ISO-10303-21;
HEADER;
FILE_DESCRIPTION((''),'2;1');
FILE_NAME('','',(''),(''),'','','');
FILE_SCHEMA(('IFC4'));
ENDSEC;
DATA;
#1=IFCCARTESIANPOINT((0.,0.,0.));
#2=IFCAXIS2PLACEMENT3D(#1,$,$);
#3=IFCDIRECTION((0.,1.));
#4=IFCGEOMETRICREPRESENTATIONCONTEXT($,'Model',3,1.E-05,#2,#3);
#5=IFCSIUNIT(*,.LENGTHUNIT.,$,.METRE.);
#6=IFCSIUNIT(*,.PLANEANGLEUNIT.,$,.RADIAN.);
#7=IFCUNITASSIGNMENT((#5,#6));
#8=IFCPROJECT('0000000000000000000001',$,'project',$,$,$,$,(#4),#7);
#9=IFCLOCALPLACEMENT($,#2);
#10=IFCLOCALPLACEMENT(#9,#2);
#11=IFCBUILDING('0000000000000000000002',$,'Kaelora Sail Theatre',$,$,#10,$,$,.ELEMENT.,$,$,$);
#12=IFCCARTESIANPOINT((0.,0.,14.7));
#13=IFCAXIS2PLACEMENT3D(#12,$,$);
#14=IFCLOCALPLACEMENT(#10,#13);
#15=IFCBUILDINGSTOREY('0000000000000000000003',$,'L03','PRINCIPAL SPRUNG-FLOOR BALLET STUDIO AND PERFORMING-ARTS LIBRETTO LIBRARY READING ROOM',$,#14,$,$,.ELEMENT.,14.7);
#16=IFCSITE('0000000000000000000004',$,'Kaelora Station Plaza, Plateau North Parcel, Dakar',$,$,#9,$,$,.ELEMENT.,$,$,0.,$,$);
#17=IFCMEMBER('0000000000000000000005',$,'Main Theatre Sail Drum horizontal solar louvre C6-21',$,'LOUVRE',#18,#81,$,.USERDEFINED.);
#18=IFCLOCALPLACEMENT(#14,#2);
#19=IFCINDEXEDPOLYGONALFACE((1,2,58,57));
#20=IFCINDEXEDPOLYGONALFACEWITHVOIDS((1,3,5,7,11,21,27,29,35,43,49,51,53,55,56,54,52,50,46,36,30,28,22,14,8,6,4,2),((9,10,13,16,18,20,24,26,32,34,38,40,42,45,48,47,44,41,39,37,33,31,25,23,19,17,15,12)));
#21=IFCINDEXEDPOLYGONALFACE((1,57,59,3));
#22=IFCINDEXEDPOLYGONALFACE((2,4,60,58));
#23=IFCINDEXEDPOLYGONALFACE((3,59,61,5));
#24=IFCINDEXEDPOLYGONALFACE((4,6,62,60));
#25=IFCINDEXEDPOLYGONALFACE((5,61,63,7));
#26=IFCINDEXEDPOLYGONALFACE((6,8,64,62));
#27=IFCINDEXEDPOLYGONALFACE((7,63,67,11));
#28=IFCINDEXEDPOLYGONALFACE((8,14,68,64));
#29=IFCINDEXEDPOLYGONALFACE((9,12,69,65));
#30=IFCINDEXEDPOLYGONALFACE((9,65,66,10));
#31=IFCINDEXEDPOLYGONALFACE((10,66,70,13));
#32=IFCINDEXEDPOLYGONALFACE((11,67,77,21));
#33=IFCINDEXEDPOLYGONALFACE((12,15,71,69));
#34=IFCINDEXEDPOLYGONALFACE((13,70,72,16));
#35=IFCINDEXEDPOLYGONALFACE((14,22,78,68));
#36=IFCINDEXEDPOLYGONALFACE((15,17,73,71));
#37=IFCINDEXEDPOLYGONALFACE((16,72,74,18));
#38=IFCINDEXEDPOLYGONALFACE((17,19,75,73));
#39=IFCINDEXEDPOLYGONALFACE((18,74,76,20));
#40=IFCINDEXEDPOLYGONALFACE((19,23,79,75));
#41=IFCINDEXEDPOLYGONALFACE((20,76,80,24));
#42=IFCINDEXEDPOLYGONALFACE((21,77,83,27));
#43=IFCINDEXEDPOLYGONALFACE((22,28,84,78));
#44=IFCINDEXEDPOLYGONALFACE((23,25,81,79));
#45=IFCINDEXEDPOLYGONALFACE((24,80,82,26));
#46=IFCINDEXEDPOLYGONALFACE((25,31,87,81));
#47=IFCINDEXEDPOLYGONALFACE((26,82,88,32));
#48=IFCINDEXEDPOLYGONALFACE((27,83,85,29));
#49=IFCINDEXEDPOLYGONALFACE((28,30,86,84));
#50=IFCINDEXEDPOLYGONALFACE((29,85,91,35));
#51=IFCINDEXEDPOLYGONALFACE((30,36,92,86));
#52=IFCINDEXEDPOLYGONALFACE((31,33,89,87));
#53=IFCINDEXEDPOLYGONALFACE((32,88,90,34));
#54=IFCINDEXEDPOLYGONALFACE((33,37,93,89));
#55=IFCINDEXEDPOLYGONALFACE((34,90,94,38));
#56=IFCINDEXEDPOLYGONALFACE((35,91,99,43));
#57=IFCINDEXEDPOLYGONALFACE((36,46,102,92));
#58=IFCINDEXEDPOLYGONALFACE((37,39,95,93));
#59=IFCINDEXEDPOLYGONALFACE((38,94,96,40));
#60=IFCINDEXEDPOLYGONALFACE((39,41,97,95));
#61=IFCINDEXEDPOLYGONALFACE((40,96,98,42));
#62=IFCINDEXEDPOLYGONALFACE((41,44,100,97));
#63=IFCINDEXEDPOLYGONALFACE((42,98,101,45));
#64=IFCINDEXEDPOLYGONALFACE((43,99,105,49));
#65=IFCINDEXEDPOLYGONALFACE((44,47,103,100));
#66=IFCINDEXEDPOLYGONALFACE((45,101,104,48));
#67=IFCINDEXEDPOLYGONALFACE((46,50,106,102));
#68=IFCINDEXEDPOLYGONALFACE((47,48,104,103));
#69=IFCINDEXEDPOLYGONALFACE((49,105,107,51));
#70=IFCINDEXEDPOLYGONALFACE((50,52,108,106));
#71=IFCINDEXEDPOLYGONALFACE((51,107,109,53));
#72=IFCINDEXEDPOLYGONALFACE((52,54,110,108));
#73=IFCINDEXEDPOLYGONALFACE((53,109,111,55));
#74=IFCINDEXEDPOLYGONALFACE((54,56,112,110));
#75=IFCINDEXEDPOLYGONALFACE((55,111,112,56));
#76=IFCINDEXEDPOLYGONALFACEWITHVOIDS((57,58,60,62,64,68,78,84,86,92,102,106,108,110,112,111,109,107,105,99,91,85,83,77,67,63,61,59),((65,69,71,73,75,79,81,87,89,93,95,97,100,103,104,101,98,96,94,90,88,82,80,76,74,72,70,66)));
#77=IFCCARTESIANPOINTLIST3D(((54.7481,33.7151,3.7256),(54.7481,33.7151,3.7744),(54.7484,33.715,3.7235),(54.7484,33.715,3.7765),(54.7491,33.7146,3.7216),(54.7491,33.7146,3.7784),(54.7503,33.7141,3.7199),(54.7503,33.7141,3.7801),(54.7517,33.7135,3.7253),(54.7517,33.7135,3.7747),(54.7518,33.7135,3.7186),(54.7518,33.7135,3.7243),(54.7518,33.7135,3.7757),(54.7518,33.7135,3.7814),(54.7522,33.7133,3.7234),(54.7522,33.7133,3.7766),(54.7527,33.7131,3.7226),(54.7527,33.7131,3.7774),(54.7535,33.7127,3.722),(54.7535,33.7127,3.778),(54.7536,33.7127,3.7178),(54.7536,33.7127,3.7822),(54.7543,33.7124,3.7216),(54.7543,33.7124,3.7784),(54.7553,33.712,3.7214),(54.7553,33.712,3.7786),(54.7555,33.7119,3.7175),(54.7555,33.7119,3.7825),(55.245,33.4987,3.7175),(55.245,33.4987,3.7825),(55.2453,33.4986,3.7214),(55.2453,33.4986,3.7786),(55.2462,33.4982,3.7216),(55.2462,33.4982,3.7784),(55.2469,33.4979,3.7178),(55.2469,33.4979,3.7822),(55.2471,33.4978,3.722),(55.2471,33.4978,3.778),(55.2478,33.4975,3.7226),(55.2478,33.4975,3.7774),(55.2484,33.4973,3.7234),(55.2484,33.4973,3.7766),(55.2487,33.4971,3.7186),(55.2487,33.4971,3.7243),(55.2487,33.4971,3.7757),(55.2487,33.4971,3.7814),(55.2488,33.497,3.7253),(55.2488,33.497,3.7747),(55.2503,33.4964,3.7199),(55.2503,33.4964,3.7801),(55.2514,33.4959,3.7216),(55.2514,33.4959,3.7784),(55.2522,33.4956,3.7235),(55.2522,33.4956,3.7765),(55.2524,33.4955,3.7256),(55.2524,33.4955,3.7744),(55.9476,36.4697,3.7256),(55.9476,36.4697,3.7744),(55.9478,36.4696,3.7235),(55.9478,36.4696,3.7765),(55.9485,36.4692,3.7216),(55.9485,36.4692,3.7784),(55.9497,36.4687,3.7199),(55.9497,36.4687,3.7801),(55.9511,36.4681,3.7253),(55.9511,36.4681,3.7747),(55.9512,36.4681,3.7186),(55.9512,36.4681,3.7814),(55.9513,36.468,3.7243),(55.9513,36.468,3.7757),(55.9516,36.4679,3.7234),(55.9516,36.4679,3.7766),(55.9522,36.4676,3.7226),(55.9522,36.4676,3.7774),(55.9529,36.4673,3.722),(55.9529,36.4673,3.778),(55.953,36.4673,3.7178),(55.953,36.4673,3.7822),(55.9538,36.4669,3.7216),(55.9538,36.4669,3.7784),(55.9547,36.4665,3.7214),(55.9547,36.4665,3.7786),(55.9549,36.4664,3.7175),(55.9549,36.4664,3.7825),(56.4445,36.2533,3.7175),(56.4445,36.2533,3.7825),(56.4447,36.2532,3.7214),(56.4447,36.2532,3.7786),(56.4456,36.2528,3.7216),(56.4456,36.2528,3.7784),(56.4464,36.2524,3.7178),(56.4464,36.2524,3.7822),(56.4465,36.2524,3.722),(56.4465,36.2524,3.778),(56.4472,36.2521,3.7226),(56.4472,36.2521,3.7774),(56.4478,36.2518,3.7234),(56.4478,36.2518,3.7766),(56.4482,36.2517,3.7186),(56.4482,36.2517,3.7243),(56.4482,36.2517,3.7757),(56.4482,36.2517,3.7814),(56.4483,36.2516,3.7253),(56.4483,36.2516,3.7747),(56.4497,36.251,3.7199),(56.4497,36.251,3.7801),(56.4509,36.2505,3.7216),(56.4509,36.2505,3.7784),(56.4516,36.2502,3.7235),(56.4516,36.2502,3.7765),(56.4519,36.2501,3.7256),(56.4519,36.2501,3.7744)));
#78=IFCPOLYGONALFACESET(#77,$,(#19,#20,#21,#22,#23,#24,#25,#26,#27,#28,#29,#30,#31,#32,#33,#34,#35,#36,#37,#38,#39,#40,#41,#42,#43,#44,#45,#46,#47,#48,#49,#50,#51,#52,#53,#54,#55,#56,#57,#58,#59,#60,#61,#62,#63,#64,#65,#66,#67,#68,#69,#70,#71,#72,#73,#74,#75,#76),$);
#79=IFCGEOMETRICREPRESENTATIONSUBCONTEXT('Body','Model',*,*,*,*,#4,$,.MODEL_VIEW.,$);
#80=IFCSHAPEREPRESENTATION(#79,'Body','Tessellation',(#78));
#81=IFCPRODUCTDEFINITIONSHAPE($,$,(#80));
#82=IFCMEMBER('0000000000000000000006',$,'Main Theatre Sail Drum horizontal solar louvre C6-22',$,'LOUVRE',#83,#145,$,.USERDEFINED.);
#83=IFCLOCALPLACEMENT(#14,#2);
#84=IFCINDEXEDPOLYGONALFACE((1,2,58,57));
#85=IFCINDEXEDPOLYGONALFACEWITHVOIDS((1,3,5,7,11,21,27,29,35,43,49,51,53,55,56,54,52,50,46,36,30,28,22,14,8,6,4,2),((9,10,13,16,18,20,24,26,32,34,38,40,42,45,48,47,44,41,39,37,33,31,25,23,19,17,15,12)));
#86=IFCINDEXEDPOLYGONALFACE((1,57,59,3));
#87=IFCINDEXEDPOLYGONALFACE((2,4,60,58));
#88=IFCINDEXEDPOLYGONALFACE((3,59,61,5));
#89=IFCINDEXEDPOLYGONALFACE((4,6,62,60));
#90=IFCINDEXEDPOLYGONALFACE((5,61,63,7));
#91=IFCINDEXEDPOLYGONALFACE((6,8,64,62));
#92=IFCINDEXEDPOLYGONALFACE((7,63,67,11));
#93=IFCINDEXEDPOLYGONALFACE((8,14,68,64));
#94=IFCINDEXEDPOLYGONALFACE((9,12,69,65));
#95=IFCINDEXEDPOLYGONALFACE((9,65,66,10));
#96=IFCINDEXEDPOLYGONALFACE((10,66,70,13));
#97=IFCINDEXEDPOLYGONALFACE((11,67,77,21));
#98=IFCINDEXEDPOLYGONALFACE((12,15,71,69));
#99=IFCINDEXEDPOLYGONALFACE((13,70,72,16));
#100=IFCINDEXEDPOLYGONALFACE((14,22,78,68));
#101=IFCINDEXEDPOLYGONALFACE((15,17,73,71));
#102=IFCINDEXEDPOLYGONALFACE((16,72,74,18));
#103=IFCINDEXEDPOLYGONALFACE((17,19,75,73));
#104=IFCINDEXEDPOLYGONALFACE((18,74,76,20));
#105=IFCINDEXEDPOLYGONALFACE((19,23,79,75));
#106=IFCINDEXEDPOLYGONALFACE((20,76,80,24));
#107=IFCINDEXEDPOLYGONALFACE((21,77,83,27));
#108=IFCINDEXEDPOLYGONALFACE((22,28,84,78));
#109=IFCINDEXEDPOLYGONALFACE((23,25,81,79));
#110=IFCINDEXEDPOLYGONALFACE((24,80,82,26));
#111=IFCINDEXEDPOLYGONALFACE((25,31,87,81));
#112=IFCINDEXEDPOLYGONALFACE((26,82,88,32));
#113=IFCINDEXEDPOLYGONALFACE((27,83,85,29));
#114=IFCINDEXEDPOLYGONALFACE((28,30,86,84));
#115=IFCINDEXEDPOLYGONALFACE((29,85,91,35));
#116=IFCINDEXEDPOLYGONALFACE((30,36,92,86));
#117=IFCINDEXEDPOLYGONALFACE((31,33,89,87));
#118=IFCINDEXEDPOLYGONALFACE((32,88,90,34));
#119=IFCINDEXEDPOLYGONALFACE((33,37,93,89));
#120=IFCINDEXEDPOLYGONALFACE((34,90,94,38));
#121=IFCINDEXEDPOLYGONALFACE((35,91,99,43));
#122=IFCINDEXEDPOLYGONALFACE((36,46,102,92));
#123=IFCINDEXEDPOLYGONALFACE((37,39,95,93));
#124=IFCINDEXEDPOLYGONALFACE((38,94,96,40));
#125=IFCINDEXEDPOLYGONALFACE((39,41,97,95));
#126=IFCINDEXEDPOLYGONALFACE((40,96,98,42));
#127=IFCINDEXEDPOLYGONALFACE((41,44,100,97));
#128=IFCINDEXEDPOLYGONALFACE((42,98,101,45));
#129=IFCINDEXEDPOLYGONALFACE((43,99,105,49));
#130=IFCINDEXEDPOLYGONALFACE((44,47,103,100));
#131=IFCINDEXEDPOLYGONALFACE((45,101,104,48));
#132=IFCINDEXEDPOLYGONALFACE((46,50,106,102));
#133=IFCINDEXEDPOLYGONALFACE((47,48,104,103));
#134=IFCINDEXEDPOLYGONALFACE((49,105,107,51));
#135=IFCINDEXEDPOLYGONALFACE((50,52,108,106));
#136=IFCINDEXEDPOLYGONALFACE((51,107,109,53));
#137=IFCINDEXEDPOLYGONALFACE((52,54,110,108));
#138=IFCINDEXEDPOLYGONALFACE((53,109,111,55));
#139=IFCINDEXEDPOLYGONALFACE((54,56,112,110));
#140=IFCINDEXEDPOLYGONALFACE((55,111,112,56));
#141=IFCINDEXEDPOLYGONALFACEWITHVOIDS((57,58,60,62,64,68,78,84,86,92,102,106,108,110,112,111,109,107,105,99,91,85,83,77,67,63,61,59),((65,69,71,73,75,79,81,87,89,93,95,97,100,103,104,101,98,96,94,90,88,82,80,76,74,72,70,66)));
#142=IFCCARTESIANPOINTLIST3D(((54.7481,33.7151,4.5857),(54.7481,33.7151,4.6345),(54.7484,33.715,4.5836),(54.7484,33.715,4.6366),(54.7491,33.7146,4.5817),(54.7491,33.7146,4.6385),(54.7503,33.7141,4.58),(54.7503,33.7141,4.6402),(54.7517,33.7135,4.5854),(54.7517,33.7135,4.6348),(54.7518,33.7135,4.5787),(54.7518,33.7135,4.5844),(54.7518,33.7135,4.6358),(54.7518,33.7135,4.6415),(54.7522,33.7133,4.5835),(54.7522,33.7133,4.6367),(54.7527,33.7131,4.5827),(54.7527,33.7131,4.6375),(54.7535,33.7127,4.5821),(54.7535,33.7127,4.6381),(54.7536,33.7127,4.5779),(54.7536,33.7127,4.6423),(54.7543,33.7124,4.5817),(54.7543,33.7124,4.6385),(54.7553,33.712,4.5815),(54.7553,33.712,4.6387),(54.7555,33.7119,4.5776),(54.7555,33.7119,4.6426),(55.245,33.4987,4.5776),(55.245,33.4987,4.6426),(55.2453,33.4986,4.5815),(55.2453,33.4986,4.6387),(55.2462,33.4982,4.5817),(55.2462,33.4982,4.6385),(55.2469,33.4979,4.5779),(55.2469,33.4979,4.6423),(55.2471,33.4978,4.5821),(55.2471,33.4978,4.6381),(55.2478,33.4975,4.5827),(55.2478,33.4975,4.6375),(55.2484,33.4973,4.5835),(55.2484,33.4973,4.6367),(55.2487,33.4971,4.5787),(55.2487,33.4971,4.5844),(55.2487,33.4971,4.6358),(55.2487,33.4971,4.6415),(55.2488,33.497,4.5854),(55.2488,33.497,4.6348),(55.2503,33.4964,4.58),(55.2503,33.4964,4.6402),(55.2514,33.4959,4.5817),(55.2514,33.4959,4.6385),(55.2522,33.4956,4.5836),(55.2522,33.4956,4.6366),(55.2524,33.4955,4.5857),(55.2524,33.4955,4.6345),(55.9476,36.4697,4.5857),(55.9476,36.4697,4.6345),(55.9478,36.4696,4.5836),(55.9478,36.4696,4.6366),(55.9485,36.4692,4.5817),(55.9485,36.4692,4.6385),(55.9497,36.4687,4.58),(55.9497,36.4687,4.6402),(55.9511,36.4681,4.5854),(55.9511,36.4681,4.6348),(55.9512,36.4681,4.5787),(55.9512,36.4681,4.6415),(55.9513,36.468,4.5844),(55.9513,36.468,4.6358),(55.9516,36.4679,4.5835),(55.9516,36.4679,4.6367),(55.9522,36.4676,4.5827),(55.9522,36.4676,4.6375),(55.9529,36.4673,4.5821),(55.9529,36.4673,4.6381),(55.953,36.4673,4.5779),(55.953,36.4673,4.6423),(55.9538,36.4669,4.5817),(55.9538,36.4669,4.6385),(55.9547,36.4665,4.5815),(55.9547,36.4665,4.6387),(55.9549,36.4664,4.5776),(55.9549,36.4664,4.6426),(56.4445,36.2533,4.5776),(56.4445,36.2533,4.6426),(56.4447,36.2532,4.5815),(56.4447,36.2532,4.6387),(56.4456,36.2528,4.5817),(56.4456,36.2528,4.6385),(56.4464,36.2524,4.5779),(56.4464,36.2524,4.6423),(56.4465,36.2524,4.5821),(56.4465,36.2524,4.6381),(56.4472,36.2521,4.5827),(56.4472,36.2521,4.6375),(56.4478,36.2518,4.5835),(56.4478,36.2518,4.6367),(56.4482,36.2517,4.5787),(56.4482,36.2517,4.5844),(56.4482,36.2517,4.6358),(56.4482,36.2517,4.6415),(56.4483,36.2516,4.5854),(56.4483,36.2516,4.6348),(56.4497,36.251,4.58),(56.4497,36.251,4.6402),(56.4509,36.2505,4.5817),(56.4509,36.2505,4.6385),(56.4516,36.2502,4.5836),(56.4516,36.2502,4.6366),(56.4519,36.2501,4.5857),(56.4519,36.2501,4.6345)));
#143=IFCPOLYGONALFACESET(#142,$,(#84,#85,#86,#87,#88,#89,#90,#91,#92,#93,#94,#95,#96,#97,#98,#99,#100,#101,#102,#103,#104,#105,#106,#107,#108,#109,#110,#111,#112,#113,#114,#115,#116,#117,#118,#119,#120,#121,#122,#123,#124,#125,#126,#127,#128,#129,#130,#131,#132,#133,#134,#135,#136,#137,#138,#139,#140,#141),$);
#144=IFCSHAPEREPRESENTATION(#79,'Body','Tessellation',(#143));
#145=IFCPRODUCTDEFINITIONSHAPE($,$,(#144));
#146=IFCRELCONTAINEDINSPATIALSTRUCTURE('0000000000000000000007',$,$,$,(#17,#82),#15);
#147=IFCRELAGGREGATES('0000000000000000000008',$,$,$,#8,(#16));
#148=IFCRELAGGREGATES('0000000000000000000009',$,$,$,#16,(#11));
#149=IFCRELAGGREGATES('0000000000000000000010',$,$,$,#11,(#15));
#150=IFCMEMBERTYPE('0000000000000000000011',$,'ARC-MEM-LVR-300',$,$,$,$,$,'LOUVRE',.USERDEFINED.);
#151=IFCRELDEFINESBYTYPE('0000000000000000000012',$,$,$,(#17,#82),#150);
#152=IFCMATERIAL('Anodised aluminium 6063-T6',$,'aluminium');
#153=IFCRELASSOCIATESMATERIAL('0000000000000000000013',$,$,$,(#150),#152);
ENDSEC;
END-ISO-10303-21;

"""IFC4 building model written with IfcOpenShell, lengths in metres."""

from ifc_helpers import new_model, si_unit, direction, frame, origin, origin_2d, place, context, subcontext, project, spatial, hollow_rectangle, extrude, material, material_profile, profile_set, type_object, element, save


model = new_model("IFC4")

# Units and contexts
model_context = context("Model", 3, precision=1e-05, world=origin(), true_north=direction((0.0, 1.0)))
body_context = subcontext(model_context, "Body", "Model", "MODEL_VIEW")
ifc_project = project(units=[si_unit("LENGTHUNIT", "METRE"), si_unit("PLANEANGLEUNIT", "RADIAN")], contexts=[model_context])

# Site, building, storey
site_placement = place(None, origin())
site = spatial("IfcSite", under=ifc_project, at=site_placement, Name="Kaelora Station Plaza, Plateau North Parcel, Dakar", CompositionType="ELEMENT", RefElevation=0.0)
building_placement = place(site_placement, origin())
building = spatial("IfcBuilding", under=site, at=building_placement, Name="Kaelora Sail Theatre", CompositionType="ELEMENT")
storey_placement = place(building_placement, frame((0.0, 0.0, 14.7)))
storey = spatial("IfcBuildingStorey", under=building, at=storey_placement, Name="L03", Description="PRINCIPAL SPRUNG-FLOOR BALLET STUDIO AND PERFORMING-ARTS LIBRETTO LIBRARY READING ROOM", CompositionType="ELEMENT", Elevation=14.7)

# Members
ifc_material_1 = material(Name="Anodised aluminium 6063-T6", Category="aluminium")
ifc_material_profile_1 = material_profile(ifc_material_1, hollow_rectangle(XDim=0.55, YDim=0.0649, WallThickness=0.0039, InnerFilletRadius=0.0039, OuterFilletRadius=0.0081, at=origin_2d()), Name="LOUVRE 550x65x4")
ifc_profile_set_1 = profile_set([ifc_material_profile_1], Name="Anodised aluminium 6063-T6")
member_type = type_object("IfcMemberType", Name="ARC-MEM-LVR-300", ElementType="LOUVRE", PredefinedType="USERDEFINED", material=ifc_profile_set_1)
for number, where, z_axis, x_axis, name in (
    (1, (56.1997, 36.3599, 3.75), (-0.399228, -0.916852, 0.0), (0.916852, -0.399228, 0.0), "Main Theatre Sail Drum horizontal solar louvre C6-21"),
    (2, (56.1997, 36.3599, 4.6101), (-0.399228, -0.916852, 0.0), (0.916852, -0.399228, 0.0), "Main Theatre Sail Drum horizontal solar louvre C6-22"),
):
    element("IfcMember", number, at=place(storey_placement, frame(where, z_axis=z_axis, x_axis=x_axis)), inside=storey, type_object=member_type, Name=name, ObjectType="LOUVRE", PredefinedType="USERDEFINED", context=body_context, shape_type="SweptSolid", body=[
        extrude(hollow_rectangle(XDim=0.55, YDim=0.0649, WallThickness=0.0039, InnerFilletRadius=0.0039, OuterFilletRadius=0.0081, at=origin_2d()), origin(), (0.0, 0.0, 1.0), 3.0044),
    ])

save(model, "model.ifc")
